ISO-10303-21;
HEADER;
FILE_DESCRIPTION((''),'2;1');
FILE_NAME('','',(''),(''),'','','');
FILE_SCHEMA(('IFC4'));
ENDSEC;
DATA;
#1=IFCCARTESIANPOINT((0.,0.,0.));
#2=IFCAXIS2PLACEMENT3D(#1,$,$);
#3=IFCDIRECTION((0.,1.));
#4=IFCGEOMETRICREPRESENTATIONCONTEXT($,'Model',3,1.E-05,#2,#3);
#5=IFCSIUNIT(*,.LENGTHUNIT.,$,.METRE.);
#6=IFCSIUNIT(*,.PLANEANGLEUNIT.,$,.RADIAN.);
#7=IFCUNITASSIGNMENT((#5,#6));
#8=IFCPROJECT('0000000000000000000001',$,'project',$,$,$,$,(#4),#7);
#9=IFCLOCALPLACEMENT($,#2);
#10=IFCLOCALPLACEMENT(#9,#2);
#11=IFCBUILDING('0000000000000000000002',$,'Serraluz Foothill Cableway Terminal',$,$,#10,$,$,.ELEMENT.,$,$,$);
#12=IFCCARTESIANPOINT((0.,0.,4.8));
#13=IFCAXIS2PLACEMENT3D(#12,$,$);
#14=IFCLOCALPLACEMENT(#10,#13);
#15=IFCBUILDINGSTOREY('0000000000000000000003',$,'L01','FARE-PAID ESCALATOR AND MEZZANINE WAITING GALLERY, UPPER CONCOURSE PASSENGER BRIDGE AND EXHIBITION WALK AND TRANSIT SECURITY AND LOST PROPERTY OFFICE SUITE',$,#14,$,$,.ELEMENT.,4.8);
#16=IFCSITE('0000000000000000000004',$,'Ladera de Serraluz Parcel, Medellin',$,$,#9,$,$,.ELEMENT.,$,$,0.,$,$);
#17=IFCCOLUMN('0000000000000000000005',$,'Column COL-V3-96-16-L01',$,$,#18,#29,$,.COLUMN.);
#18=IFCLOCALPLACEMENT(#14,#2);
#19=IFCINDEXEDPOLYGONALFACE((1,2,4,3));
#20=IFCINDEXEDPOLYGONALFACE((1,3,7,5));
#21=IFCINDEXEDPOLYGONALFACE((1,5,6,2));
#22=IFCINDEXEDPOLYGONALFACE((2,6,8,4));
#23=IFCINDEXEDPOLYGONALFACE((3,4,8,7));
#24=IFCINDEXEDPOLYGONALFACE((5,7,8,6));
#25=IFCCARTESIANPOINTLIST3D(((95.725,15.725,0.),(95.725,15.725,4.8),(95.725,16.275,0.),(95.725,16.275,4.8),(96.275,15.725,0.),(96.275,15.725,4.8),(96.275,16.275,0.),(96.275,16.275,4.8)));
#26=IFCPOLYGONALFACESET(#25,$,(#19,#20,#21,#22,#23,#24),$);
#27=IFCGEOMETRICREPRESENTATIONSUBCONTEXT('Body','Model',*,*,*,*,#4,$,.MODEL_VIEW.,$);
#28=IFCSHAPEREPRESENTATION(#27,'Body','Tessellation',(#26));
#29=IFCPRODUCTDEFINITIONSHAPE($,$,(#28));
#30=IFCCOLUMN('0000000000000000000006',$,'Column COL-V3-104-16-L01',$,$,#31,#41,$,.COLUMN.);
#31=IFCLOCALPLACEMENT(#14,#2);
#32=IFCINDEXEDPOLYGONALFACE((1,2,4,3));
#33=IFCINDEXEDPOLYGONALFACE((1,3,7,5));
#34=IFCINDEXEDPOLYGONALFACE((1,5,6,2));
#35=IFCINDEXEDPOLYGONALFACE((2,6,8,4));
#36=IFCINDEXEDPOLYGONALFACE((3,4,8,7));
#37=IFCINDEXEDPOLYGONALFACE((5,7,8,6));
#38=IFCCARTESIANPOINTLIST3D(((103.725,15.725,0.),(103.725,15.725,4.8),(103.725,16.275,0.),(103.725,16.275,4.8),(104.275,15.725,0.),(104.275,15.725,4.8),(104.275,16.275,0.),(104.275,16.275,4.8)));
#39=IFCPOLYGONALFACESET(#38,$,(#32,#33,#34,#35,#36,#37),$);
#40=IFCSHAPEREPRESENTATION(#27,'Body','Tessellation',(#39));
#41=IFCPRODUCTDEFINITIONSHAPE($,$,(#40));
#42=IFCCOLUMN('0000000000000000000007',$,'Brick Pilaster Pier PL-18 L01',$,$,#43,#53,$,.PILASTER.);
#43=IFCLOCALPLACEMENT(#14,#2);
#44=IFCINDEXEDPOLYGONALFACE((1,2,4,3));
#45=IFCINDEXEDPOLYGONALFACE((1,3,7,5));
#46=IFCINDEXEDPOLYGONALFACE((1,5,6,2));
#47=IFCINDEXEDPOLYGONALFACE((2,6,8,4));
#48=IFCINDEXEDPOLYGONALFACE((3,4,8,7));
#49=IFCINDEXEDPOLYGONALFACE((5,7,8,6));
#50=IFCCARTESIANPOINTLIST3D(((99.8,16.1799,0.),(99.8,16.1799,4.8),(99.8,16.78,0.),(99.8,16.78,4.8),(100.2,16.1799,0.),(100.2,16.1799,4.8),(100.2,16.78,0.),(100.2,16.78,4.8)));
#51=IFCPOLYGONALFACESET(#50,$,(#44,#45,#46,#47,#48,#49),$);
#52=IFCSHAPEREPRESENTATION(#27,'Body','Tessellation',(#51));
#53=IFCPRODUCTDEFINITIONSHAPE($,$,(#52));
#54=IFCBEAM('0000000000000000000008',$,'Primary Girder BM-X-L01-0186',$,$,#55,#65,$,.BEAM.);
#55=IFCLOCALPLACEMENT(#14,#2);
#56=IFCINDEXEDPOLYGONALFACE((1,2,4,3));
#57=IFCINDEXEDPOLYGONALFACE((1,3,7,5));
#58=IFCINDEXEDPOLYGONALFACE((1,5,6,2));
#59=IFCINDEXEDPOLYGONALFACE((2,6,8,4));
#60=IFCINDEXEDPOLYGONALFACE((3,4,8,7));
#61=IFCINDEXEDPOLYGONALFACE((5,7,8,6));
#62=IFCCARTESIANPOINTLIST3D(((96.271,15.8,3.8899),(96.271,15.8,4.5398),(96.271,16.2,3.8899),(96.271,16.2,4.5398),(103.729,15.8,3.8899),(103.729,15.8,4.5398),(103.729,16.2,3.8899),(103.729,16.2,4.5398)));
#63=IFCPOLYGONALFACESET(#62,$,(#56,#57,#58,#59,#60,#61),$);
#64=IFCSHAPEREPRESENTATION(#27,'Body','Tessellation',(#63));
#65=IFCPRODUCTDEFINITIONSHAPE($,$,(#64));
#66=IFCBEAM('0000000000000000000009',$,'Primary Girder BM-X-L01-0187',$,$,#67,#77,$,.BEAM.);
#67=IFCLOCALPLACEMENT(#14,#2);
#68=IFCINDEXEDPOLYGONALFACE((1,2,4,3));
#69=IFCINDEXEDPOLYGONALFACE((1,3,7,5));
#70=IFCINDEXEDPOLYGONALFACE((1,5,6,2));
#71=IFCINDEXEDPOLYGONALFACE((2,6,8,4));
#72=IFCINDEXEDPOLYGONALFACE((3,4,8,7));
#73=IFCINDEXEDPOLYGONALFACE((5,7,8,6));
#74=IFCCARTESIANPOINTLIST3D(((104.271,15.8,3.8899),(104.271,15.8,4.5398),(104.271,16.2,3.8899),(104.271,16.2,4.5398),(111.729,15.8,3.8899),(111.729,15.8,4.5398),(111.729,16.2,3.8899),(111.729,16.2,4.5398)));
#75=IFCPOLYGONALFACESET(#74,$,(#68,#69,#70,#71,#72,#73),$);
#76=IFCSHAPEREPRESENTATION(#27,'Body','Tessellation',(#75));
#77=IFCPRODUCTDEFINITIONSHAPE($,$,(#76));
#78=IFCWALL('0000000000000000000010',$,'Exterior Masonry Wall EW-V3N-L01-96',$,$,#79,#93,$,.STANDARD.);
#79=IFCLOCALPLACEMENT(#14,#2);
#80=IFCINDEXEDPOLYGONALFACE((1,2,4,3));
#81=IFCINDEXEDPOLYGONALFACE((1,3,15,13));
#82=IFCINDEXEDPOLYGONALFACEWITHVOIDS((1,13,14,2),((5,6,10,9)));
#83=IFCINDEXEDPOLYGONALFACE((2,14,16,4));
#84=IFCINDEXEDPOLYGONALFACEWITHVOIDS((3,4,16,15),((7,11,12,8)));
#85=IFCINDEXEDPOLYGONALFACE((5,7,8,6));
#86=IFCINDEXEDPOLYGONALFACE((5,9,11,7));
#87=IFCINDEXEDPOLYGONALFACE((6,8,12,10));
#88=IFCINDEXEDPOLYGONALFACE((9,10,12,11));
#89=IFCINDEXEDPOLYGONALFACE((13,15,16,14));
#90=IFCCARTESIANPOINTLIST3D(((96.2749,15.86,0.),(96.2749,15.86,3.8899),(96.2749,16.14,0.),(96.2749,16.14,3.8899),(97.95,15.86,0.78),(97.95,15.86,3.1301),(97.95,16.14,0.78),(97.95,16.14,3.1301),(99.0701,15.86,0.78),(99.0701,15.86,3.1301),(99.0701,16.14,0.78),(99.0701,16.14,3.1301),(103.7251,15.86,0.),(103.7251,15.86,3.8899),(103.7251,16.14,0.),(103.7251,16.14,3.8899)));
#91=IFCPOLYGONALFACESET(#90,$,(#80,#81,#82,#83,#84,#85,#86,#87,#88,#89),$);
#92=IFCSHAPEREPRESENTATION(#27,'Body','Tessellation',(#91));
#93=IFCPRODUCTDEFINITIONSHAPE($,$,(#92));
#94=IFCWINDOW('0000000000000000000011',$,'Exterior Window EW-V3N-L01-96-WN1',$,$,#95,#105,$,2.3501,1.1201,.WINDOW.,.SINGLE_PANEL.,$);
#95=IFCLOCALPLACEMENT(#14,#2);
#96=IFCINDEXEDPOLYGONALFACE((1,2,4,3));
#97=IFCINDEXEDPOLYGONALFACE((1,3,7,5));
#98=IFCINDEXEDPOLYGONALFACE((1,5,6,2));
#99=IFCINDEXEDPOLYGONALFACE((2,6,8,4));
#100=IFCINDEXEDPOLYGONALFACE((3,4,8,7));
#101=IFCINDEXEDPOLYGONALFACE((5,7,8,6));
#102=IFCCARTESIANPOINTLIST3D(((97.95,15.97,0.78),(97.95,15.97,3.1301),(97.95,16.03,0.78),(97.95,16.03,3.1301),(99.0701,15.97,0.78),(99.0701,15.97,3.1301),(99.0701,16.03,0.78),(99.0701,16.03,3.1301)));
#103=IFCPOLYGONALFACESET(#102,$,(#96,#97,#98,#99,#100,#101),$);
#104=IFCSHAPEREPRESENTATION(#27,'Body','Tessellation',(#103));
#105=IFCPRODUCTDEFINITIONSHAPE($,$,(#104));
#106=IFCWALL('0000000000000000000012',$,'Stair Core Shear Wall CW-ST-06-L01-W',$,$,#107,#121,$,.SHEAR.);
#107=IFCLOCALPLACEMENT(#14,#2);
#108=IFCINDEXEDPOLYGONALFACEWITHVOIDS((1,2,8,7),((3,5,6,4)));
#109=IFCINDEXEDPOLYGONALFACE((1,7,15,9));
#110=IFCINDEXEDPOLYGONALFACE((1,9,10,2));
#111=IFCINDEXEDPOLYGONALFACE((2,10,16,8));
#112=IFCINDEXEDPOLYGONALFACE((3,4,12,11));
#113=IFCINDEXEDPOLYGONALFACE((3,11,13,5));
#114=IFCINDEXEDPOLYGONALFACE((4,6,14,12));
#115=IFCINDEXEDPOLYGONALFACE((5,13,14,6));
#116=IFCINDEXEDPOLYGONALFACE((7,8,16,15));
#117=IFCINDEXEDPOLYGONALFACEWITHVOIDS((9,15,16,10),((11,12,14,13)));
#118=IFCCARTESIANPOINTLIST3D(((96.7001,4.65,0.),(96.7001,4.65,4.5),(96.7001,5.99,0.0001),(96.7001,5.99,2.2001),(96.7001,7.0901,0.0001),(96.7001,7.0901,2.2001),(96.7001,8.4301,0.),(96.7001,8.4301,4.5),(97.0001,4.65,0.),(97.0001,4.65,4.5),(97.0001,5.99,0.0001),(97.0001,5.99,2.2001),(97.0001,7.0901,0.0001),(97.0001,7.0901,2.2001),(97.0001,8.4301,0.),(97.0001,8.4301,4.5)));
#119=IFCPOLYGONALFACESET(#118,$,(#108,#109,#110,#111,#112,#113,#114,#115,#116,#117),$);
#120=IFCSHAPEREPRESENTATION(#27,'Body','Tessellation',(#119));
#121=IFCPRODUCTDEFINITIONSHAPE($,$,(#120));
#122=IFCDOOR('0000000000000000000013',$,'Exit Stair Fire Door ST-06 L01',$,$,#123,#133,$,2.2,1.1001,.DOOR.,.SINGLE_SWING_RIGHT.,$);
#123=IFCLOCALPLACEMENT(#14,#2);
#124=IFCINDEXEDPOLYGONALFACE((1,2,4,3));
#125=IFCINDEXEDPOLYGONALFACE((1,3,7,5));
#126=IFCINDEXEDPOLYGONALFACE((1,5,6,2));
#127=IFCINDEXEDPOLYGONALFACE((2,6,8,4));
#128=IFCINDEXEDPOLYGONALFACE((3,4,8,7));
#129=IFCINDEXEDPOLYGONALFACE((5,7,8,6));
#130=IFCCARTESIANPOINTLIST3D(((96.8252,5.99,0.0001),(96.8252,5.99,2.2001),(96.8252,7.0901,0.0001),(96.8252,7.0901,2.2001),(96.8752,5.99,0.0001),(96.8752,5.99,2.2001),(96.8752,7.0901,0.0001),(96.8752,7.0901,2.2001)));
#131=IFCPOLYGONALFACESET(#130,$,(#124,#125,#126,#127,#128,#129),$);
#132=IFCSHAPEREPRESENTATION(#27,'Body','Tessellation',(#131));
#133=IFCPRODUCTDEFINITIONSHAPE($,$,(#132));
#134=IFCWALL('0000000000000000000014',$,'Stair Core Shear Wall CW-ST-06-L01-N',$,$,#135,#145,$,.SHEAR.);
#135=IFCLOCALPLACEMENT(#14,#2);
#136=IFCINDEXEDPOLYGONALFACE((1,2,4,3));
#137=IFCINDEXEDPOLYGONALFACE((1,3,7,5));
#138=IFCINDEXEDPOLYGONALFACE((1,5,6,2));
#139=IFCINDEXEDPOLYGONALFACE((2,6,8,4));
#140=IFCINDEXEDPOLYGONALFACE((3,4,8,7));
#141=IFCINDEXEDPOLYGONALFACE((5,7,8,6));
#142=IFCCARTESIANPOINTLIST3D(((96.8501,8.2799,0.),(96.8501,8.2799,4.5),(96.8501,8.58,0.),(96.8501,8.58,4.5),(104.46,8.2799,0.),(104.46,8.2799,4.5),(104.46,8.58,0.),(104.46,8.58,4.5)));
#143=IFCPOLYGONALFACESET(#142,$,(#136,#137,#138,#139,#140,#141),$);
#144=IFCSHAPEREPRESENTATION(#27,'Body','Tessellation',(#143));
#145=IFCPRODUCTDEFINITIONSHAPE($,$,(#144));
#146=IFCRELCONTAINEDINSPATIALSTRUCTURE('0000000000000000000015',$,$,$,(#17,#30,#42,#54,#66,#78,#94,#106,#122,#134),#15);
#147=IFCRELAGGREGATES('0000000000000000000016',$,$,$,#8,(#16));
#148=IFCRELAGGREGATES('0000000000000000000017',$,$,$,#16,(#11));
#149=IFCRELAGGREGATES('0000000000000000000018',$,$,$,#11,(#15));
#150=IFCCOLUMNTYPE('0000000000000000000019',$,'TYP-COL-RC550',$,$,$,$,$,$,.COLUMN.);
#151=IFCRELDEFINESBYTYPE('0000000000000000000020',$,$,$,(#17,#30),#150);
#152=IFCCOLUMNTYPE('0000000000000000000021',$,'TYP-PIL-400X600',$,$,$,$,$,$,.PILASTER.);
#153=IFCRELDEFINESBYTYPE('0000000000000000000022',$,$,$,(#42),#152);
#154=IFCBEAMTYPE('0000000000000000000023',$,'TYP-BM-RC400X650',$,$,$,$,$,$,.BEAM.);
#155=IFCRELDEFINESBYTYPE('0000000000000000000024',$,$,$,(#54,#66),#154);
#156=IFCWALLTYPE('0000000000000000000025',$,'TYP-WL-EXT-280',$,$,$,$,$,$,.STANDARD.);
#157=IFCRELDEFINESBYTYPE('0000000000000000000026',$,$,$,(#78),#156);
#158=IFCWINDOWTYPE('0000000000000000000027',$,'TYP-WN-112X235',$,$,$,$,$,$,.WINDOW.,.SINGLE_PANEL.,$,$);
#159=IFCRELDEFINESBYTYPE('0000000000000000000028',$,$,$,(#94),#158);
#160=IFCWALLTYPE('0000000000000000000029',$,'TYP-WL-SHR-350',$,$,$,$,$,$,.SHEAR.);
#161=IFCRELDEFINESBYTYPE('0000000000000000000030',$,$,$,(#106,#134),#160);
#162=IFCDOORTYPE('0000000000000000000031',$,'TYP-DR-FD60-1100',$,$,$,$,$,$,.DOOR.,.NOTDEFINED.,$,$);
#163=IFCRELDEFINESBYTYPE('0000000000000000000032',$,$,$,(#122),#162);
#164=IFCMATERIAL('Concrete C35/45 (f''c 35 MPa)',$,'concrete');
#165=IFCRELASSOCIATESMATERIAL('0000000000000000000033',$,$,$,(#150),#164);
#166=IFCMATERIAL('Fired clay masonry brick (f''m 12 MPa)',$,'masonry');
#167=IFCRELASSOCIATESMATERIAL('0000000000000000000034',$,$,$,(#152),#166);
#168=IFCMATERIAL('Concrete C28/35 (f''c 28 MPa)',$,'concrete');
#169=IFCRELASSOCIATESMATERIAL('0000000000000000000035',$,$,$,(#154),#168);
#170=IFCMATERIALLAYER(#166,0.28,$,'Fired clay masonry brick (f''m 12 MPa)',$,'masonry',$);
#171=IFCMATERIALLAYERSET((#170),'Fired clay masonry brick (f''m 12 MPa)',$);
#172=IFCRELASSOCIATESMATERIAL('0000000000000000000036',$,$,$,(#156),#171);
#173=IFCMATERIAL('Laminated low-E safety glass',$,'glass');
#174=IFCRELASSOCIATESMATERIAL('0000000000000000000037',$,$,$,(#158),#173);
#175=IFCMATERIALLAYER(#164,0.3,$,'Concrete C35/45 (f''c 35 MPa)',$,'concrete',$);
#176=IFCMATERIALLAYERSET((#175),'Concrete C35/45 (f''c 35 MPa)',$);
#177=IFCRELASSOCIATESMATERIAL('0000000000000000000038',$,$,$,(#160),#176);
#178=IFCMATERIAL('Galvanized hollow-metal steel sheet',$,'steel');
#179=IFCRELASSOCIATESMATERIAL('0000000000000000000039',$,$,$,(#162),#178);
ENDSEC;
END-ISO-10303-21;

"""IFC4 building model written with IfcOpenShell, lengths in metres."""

from ifc_helpers import new_model, si_unit, direction, frame, frame_2d, origin, origin_2d, place, context, subcontext, project, spatial, rectangle, extrude, material, layer, layer_set, material_profile, profile_set, type_object, element, fill, save


model = new_model("IFC4")

# Units and contexts
model_context = context("Model", 3, precision=1e-05, world=origin(), true_north=direction((0.0, 1.0)))
body_context = subcontext(model_context, "Body", "Model", "MODEL_VIEW")
ifc_project = project(units=[si_unit("LENGTHUNIT", "METRE"), si_unit("PLANEANGLEUNIT", "RADIAN")], contexts=[model_context])

# Site, building, storey
site_placement = place(None, origin())
site = spatial("IfcSite", under=ifc_project, at=site_placement, Name="Ladera de Serraluz Parcel, Medellin", CompositionType="ELEMENT", RefElevation=0.0)
building_placement = place(site_placement, origin())
building = spatial("IfcBuilding", under=site, at=building_placement, Name="Serraluz Foothill Cableway Terminal", CompositionType="ELEMENT")
storey_placement = place(building_placement, frame((0.0, 0.0, 4.8)))
storey = spatial("IfcBuildingStorey", under=building, at=storey_placement, Name="L01", Description="FARE-PAID ESCALATOR AND MEZZANINE WAITING GALLERY, UPPER CONCOURSE PASSENGER BRIDGE AND EXHIBITION WALK AND TRANSIT SECURITY AND LOST PROPERTY OFFICE SUITE", CompositionType="ELEMENT", Elevation=4.8)

# Columns
ifc_material_1 = material(Name="Concrete C35/45 (f'c 35 MPa)", Category="concrete")
ifc_material_profile_1 = material_profile(ifc_material_1, rectangle(XDim=0.55, YDim=0.55, at=origin_2d()), Name="RC 550x550")
ifc_profile_set_1 = profile_set([ifc_material_profile_1], Name="Concrete C35/45 (f'c 35 MPa)")
column_type_1 = type_object("IfcColumnType", Name="TYP-COL-RC550", PredefinedType="COLUMN", material=ifc_profile_set_1)
for number, where, z_axis, x_axis, name in (
    (1, (96.0, 16.0, 0.0), (0.0, 0.0, 1.0), (1.0, 0.0, 0.0), "Column COL-V3-96-16-L01"),
    (2, (104.0, 16.0, 0.0), (0.0, 0.0, 1.0), (1.0, 0.0, 0.0), "Column COL-V3-104-16-L01"),
):
    element("IfcColumn", number, at=place(storey_placement, frame(where, z_axis=z_axis, x_axis=x_axis)), inside=storey, type_object=column_type_1, Name=name, PredefinedType="COLUMN", context=body_context, shape_type="SweptSolid", body=[
        extrude(rectangle(XDim=0.55, YDim=0.55, at=origin_2d()), origin(), (0.0, 0.0, 1.0), 4.8),
    ])
ifc_material_2 = material(Name="Fired clay masonry brick (f'm 12 MPa)", Category="masonry")
ifc_material_profile_2 = material_profile(ifc_material_2, rectangle(XDim=0.3999, YDim=0.6001, at=origin_2d()), Name="PIL 400x600")
ifc_profile_set_2 = profile_set([ifc_material_profile_2], Name="Fired clay masonry brick (f'm 12 MPa)")
column_type_2 = type_object("IfcColumnType", Name="TYP-PIL-400X600", PredefinedType="PILASTER", material=ifc_profile_set_2)
column_placement = place(storey_placement, frame((100.0, 16.48, 0.0), z_axis=(0.0, 0.0, 1.0), x_axis=(1.0, 0.0, 0.0)))
element("IfcColumn", 3, at=column_placement, inside=storey, type_object=column_type_2, Name="Brick Pilaster Pier PL-18 L01", PredefinedType="PILASTER", context=body_context, shape_type="SweptSolid", body=[
    extrude(rectangle(XDim=0.3999, YDim=0.6001, at=origin_2d()), origin(), (0.0, 0.0, 1.0), 4.8),
])

# Beams
ifc_material_3 = material(Name="Concrete C28/35 (f'c 28 MPa)", Category="concrete")
ifc_material_profile_3 = material_profile(ifc_material_3, rectangle(XDim=0.3999, YDim=0.6499, at=origin_2d()), Name="RC 400x650")
ifc_profile_set_3 = profile_set([ifc_material_profile_3], Name="Concrete C28/35 (f'c 28 MPa)")
beam_type = type_object("IfcBeamType", Name="TYP-BM-RC400X650", PredefinedType="BEAM", material=ifc_profile_set_3)
for number, where, z_axis, x_axis, name in (
    (4, (96.271, 16.0, 4.2148), (1.0, 0.0, 0.0), (0.0, 1.0, 0.0), "Primary Girder BM-X-L01-0186"),
    (5, (104.271, 16.0, 4.2148), (1.0, 0.0, 0.0), (0.0, 1.0, 0.0), "Primary Girder BM-X-L01-0187"),
):
    element("IfcBeam", number, at=place(storey_placement, frame(where, z_axis=z_axis, x_axis=x_axis)), inside=storey, type_object=beam_type, Name=name, PredefinedType="BEAM", context=body_context, shape_type="SweptSolid", body=[
        extrude(rectangle(XDim=0.3999, YDim=0.6499, at=origin_2d()), origin(), (0.0, 0.0, 1.0), 7.458),
    ])

# Wall, opening, window
ifc_layer_1 = layer(ifc_material_2, 0.28, Name="Fired clay masonry brick (f'm 12 MPa)", Category="masonry")
ifc_layer_set_1 = layer_set([ifc_layer_1], Name="Fired clay masonry brick (f'm 12 MPa)")
wall_type_1 = type_object("IfcWallType", Name="TYP-WL-EXT-280", PredefinedType="STANDARD", material=ifc_layer_set_1)
wall_1_placement = place(storey_placement, frame((96.2749, 16.0, 0.0), z_axis=(0.0, 0.0, 1.0), x_axis=(1.0, 0.0, 0.0)))
wall_1 = element("IfcWall", 6, at=wall_1_placement, inside=storey, type_object=wall_type_1, Name="Exterior Masonry Wall EW-V3N-L01-96", PredefinedType="STANDARD", context=body_context, shape_type="SweptSolid", body=[
    extrude(rectangle(XDim=7.4502, YDim=0.28, at=frame_2d((3.7251, 0.0))), origin(), (0.0, 0.0, 1.0), 3.8899),
])
opening_1_placement = place(wall_1_placement, frame((1.675, 0.0, 0.78)))
opening_1 = element("IfcOpeningElement", 7, at=opening_1_placement, cuts=wall_1, PredefinedType="OPENING", context=body_context, shape_type="SweptSolid", body=[
    extrude(rectangle(XDim=1.1201, YDim=2.3501, at=frame_2d((0.5601, 1.175))), frame((0.0, 0.1499, 0.0), z_axis=(0.0, -1.0, 0.0), x_axis=(1.0, 0.0, 0.0)), (0.0, 0.0, 1.0), 0.3),
])
ifc_material_4 = material(Name="Laminated low-E safety glass", Category="glass")
window_type = type_object("IfcWindowType", Name="TYP-WN-112X235", PartitioningType="SINGLE_PANEL", PredefinedType="WINDOW", material=ifc_material_4)
window_placement = place(opening_1_placement, origin())
window = element("IfcWindow", 8, at=window_placement, inside=storey, type_object=window_type, Name="Exterior Window EW-V3N-L01-96-WN1", OverallHeight=2.3501, OverallWidth=1.1201, PartitioningType="SINGLE_PANEL", PredefinedType="WINDOW", context=body_context, shape_type="SweptSolid", body=[
    extrude(rectangle(XDim=1.1201, YDim=2.3501, at=frame_2d((0.5601, 1.175))), frame((0.0, 0.03, 0.0), z_axis=(0.0, -1.0, 0.0), x_axis=(1.0, 0.0, 0.0)), (0.0, 0.0, 1.0), 0.0601),
])
fill(opening_1, window)

# Wall, opening, door
ifc_layer_2 = layer(ifc_material_1, 0.3, Name="Concrete C35/45 (f'c 35 MPa)", Category="concrete")
ifc_layer_set_2 = layer_set([ifc_layer_2], Name="Concrete C35/45 (f'c 35 MPa)")
wall_type_2 = type_object("IfcWallType", Name="TYP-WL-SHR-350", PredefinedType="SHEAR", material=ifc_layer_set_2)
wall_2_placement = place(storey_placement, frame((96.8501, 4.6499, 0.0), z_axis=(0.0, 0.0, 1.0), x_axis=(0.0, 1.0, 0.0)))
wall_2 = element("IfcWall", 9, at=wall_2_placement, inside=storey, type_object=wall_type_2, Name="Stair Core Shear Wall CW-ST-06-L01-W", PredefinedType="SHEAR", context=body_context, shape_type="SweptSolid", body=[
    extrude(rectangle(XDim=3.78, YDim=0.3, at=frame_2d((1.8901, 0.0))), origin(), (0.0, 0.0, 1.0), 4.5),
])
opening_2_placement = place(wall_2_placement, frame((1.3401, 0.0, 0.0)))
opening_2 = element("IfcOpeningElement", 10, at=opening_2_placement, cuts=wall_2, PredefinedType="OPENING", context=body_context, shape_type="SweptSolid", body=[
    extrude(rectangle(XDim=1.1001, YDim=2.2, at=frame_2d((0.55, 1.1001))), frame((0.0, 0.1602, 0.0), z_axis=(0.0, -1.0, 0.0), x_axis=(1.0, 0.0, 0.0)), (0.0, 0.0, 1.0), 0.3201),
])
ifc_material_5 = material(Name="Galvanized hollow-metal steel sheet", Category="steel")
door_type = type_object("IfcDoorType", Name="TYP-DR-FD60-1100", OperationType="NOTDEFINED", PredefinedType="DOOR", material=ifc_material_5)
door_placement = place(opening_2_placement, origin())
door = element("IfcDoor", 11, at=door_placement, inside=storey, type_object=door_type, Name="Exit Stair Fire Door ST-06 L01", OperationType="SINGLE_SWING_RIGHT", OverallHeight=2.2, OverallWidth=1.1001, PredefinedType="DOOR", context=body_context, shape_type="SweptSolid", body=[
    extrude(rectangle(XDim=1.1001, YDim=2.2, at=frame_2d((0.55, 1.1001))), frame((0.0, 0.0249, 0.0), z_axis=(0.0, -1.0, 0.0), x_axis=(1.0, 0.0, 0.0)), (0.0, 0.0, 1.0), 0.05),
])
fill(opening_2, door)

# Wall
wall_3_placement = place(storey_placement, frame((96.8501, 8.4299, 0.0), z_axis=(0.0, 0.0, 1.0), x_axis=(1.0, 0.0, 0.0)))
element("IfcWall", 12, at=wall_3_placement, inside=storey, type_object=wall_type_2, Name="Stair Core Shear Wall CW-ST-06-L01-N", PredefinedType="SHEAR", context=body_context, shape_type="SweptSolid", body=[
    extrude(rectangle(XDim=7.6099, YDim=0.3, at=frame_2d((3.8049, 0.0))), origin(), (0.0, 0.0, 1.0), 4.5),
])

save(model, "model.ifc")
